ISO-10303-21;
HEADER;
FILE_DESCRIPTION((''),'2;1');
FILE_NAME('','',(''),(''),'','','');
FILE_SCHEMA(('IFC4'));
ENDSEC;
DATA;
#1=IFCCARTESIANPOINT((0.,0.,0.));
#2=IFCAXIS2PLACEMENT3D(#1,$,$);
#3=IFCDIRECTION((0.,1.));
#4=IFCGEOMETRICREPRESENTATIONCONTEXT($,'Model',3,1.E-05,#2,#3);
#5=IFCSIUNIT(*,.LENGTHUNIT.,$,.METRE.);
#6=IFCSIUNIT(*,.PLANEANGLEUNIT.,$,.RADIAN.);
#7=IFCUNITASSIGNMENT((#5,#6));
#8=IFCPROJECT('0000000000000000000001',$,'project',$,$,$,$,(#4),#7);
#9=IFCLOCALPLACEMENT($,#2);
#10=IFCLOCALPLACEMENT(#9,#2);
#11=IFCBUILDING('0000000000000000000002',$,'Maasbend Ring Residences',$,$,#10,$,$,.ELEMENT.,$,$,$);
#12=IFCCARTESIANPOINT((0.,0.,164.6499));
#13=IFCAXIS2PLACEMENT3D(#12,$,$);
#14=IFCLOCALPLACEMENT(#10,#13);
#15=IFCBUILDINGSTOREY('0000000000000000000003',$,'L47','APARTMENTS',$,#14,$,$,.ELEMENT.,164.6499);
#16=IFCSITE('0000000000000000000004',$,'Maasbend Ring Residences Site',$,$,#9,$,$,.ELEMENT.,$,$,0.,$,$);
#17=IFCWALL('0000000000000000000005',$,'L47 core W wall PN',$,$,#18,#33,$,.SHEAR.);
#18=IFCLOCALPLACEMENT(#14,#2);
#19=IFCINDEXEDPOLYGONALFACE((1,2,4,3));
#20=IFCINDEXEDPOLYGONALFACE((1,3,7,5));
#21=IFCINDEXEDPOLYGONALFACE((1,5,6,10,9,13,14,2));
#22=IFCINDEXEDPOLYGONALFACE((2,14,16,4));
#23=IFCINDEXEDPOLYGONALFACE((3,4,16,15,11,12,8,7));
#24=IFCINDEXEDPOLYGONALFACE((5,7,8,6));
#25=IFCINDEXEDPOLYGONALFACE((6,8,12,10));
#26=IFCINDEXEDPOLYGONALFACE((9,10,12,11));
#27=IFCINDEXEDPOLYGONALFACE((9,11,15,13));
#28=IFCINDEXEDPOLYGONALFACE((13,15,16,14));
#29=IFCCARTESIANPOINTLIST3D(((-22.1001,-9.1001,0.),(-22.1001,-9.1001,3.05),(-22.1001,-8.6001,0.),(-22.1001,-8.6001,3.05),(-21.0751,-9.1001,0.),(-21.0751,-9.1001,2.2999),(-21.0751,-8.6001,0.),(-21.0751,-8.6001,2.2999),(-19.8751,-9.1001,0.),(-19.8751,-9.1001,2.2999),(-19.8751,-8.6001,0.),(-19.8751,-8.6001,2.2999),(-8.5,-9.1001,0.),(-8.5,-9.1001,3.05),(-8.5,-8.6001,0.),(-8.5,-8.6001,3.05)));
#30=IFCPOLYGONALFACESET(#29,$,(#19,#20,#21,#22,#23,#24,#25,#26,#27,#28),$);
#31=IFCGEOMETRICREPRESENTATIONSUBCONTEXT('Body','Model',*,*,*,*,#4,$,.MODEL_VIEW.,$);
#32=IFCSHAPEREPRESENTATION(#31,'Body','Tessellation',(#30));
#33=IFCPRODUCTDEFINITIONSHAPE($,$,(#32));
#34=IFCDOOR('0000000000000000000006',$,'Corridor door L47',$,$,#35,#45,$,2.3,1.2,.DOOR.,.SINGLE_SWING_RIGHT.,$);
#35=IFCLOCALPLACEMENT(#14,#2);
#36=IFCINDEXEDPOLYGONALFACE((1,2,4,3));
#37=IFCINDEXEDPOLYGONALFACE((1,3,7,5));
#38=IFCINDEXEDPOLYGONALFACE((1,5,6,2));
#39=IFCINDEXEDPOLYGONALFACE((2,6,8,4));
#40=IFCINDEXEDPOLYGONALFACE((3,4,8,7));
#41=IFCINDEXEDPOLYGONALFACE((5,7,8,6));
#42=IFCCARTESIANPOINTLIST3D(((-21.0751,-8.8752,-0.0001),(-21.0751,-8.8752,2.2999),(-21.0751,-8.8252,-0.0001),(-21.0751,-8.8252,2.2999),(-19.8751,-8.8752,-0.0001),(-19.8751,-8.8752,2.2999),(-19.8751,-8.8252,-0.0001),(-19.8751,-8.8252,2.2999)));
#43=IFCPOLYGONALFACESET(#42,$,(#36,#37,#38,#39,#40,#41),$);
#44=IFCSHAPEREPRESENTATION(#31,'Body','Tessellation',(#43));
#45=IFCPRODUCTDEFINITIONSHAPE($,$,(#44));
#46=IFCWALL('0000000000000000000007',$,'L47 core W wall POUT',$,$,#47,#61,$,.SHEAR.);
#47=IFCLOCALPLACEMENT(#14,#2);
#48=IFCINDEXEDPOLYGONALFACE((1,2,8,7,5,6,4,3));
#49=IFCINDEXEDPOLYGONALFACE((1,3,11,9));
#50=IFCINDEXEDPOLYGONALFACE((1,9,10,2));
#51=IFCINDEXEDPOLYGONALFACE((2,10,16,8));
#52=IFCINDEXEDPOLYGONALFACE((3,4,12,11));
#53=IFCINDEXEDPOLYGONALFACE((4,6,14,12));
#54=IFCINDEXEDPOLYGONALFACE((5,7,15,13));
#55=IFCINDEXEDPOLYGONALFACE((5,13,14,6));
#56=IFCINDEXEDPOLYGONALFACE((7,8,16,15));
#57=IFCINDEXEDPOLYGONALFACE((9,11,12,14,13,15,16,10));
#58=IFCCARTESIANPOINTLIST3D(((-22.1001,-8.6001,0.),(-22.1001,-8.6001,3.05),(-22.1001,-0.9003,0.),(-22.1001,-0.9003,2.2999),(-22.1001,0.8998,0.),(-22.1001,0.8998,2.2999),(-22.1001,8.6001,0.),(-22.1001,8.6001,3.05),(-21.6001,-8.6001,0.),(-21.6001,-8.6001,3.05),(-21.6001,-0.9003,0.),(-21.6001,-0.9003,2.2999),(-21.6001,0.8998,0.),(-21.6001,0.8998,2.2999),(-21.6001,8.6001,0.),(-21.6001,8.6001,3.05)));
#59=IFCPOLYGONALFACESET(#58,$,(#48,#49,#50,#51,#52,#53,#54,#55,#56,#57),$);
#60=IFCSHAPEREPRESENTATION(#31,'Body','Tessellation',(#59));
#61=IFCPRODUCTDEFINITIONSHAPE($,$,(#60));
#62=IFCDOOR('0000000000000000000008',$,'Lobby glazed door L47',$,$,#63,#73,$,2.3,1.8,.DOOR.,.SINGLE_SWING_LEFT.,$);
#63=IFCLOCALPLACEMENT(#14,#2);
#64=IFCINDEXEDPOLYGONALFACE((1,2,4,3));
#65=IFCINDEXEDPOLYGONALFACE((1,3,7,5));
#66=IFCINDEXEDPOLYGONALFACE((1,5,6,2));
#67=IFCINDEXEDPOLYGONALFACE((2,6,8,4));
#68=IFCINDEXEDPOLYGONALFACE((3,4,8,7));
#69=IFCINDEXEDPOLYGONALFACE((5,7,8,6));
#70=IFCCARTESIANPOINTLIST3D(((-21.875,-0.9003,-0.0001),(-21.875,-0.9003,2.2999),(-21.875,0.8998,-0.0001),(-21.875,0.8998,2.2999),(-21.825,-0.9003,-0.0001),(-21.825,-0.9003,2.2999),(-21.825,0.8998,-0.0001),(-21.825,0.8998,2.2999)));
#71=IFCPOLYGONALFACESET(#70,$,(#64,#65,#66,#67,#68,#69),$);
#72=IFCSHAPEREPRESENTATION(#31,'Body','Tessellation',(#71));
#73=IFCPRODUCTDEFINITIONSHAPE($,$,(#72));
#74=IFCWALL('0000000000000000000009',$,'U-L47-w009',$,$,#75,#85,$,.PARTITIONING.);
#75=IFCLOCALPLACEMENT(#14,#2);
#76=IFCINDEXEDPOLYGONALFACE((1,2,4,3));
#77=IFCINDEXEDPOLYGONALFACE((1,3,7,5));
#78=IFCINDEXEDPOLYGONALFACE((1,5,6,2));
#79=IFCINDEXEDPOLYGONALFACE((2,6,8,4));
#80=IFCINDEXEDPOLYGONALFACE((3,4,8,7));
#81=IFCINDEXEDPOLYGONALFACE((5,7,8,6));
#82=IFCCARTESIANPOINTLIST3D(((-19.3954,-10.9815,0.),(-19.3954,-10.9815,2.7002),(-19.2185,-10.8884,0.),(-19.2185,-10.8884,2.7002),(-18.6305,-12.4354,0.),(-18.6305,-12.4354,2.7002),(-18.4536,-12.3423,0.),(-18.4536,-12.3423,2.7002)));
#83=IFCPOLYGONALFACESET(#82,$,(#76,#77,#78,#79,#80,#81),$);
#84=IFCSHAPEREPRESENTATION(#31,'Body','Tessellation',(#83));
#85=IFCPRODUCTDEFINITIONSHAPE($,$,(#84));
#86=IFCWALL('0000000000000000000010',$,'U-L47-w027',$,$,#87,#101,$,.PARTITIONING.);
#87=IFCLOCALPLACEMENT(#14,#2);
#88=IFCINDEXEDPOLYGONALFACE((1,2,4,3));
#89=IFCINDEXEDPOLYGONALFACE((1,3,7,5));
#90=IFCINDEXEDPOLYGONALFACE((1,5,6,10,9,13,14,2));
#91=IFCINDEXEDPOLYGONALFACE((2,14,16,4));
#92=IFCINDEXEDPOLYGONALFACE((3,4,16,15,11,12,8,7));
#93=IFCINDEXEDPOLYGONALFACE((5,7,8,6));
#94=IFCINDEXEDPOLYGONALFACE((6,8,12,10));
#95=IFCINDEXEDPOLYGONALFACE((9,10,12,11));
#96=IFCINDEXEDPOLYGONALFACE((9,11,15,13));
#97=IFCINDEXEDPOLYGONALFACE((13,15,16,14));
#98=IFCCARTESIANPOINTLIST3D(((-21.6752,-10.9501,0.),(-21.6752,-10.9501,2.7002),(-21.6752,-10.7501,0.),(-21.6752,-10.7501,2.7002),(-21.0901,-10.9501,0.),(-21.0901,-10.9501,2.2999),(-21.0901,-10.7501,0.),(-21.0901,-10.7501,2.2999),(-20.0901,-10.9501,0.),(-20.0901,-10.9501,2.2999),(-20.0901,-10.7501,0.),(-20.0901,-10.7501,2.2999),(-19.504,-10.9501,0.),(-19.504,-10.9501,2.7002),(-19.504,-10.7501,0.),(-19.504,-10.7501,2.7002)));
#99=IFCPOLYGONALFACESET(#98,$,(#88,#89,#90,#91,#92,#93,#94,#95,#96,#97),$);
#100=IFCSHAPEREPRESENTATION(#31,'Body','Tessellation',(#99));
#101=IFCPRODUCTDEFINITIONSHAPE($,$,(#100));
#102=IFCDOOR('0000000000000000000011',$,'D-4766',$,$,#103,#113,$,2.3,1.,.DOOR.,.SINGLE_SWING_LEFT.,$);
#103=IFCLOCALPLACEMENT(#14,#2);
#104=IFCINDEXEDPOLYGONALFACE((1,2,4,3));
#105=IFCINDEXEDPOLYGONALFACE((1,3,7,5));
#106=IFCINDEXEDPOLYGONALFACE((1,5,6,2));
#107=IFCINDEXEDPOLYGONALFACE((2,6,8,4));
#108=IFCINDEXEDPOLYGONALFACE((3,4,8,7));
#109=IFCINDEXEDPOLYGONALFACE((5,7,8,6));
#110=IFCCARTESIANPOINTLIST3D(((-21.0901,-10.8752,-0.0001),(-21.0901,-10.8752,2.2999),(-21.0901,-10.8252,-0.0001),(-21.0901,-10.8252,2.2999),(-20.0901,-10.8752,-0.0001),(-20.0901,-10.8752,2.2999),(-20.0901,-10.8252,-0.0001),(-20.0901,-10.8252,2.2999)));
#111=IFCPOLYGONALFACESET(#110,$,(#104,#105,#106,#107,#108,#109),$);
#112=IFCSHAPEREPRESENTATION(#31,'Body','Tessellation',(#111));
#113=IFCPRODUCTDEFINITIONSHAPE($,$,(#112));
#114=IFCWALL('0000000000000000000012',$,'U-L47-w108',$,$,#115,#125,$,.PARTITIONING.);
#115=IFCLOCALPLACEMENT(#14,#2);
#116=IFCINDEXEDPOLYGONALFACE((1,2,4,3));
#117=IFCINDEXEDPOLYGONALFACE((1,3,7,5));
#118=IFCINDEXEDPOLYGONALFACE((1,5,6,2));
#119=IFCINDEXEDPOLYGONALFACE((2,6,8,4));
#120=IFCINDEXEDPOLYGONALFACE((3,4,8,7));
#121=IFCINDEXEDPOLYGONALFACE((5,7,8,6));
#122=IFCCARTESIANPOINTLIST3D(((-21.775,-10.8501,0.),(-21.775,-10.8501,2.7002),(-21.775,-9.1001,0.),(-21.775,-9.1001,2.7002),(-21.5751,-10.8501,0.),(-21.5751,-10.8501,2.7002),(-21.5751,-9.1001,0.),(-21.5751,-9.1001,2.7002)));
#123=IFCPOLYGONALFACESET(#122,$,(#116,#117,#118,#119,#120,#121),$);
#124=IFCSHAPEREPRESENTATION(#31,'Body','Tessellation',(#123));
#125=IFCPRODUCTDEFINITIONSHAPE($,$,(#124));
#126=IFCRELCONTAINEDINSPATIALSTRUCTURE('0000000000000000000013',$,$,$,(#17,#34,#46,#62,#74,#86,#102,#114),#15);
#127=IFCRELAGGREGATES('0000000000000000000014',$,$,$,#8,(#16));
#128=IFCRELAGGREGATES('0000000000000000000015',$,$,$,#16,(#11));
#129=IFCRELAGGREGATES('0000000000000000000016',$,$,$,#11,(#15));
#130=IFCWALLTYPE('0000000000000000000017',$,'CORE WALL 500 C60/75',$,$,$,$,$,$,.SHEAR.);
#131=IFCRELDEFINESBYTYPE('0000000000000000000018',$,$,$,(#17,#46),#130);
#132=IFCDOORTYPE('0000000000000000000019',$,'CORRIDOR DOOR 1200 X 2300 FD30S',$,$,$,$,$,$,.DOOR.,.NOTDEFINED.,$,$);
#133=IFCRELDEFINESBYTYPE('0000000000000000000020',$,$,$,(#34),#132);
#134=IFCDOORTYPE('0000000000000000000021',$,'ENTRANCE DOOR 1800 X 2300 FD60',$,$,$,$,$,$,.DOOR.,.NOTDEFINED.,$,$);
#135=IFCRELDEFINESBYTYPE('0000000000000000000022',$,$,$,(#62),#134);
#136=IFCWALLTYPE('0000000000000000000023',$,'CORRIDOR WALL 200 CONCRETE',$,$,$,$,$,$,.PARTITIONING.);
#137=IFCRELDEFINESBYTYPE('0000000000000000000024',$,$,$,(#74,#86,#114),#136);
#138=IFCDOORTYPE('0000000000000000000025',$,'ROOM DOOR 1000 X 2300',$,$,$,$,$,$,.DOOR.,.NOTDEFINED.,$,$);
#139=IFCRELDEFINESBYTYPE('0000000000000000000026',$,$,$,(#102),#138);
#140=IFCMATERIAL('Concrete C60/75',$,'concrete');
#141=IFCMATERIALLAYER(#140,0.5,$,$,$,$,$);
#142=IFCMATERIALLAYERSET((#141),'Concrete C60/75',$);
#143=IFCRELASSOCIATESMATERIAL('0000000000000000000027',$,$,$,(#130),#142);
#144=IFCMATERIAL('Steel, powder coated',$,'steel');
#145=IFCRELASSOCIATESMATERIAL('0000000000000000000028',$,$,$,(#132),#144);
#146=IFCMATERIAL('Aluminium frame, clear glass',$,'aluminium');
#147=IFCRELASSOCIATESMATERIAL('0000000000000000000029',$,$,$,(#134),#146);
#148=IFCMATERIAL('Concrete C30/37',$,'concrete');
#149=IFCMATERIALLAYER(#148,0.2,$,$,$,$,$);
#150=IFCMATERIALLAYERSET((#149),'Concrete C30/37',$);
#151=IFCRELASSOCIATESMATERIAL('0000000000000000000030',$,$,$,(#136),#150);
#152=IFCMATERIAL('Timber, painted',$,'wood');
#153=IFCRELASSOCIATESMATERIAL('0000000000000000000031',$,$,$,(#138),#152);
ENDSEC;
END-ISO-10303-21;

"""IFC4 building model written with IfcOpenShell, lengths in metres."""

from ifc_helpers import new_model, si_unit, direction, frame, frame_2d, origin, place, context, subcontext, project, spatial, rectangle, extrude, material, layer, layer_set, type_object, element, fill, save


model = new_model("IFC4")

# Units and contexts
model_context = context("Model", 3, precision=1e-05, world=origin(), true_north=direction((0.0, 1.0)))
body_context = subcontext(model_context, "Body", "Model", "MODEL_VIEW")
ifc_project = project(units=[si_unit("LENGTHUNIT", "METRE"), si_unit("PLANEANGLEUNIT", "RADIAN")], contexts=[model_context])

# Site, building, storey
site_placement = place(None, origin())
site = spatial("IfcSite", under=ifc_project, at=site_placement, Name="Maasbend Ring Residences Site", CompositionType="ELEMENT", RefElevation=0.0)
building_placement = place(site_placement, origin())
building = spatial("IfcBuilding", under=site, at=building_placement, Name="Maasbend Ring Residences", CompositionType="ELEMENT")
storey_placement = place(building_placement, frame((0.0, 0.0, 164.6499)))
storey = spatial("IfcBuildingStorey", under=building, at=storey_placement, Name="L47", Description="APARTMENTS", CompositionType="ELEMENT", Elevation=164.6499)

# Walls, openings, doors
ifc_material_1 = material(Name="Concrete C60/75", Category="concrete")
ifc_layer_1 = layer(ifc_material_1, 0.5)
ifc_layer_set_1 = layer_set([ifc_layer_1], Name="Concrete C60/75")
wall_type_1 = type_object("IfcWallType", Name="CORE WALL 500 C60/75", PredefinedType="SHEAR", material=ifc_layer_set_1)
wall_1_placement = place(storey_placement, frame((-22.1001, -8.8501, 0.0), z_axis=(0.0, 0.0, 1.0), x_axis=(1.0, 0.0, 0.0)))
wall_1 = element("IfcWall", 1, at=wall_1_placement, inside=storey, type_object=wall_type_1, Name="L47 core W wall PN", PredefinedType="SHEAR", context=body_context, shape_type="SweptSolid", body=[
    extrude(rectangle(XDim=13.6001, YDim=0.5, at=frame_2d((6.8, 0.0))), origin(), (0.0, 0.0, 1.0), 3.05),
])
opening_1_placement = place(wall_1_placement, frame((1.0249, 0.0, 0.0)))
opening_1 = element("IfcOpeningElement", 2, at=opening_1_placement, cuts=wall_1, PredefinedType="OPENING", context=body_context, shape_type="SweptSolid", body=[
    extrude(rectangle(XDim=1.2, YDim=2.3, at=frame_2d((0.6001, 1.1499))), frame((0.0, 0.26, 0.0), z_axis=(0.0, -1.0, 0.0), x_axis=(1.0, 0.0, 0.0)), (0.0, 0.0, 1.0), 0.52),
])
ifc_material_2 = material(Name="Steel, powder coated", Category="steel")
door_type_1 = type_object("IfcDoorType", Name="CORRIDOR DOOR 1200 X 2300 FD30S", OperationType="NOTDEFINED", PredefinedType="DOOR", material=ifc_material_2)
door_1_placement = place(opening_1_placement, origin())
door_1 = element("IfcDoor", 3, at=door_1_placement, inside=storey, type_object=door_type_1, Name="Corridor door L47", OperationType="SINGLE_SWING_RIGHT", OverallHeight=2.3, OverallWidth=1.2, PredefinedType="DOOR", context=body_context, shape_type="SweptSolid", body=[
    extrude(rectangle(XDim=1.2, YDim=2.3, at=frame_2d((0.6001, 1.1499))), frame((0.0, 0.0249, 0.0), z_axis=(0.0, -1.0, 0.0), x_axis=(1.0, 0.0, 0.0)), (0.0, 0.0, 1.0), 0.05),
])
fill(opening_1, door_1)
wall_2_placement = place(storey_placement, frame((-21.8501, -8.6001, 0.0), z_axis=(0.0, 0.0, 1.0), x_axis=(0.0, 1.0, 0.0)))
wall_2 = element("IfcWall", 4, at=wall_2_placement, inside=storey, type_object=wall_type_1, Name="L47 core W wall POUT", PredefinedType="SHEAR", context=body_context, shape_type="SweptSolid", body=[
    extrude(rectangle(XDim=17.2002, YDim=0.5, at=frame_2d((8.6001, 0.0))), origin(), (0.0, 0.0, 1.0), 3.05),
])
opening_2_placement = place(wall_2_placement, frame((7.7, 0.0, 0.0)))
opening_2 = element("IfcOpeningElement", 5, at=opening_2_placement, cuts=wall_2, PredefinedType="OPENING", context=body_context, shape_type="SweptSolid", body=[
    extrude(rectangle(XDim=1.8, YDim=2.3, at=frame_2d((0.8999, 1.1499))), frame((0.0, 0.26, 0.0), z_axis=(0.0, -1.0, 0.0), x_axis=(1.0, 0.0, 0.0)), (0.0, 0.0, 1.0), 0.52),
])
ifc_material_3 = material(Name="Aluminium frame, clear glass", Category="aluminium")
door_type_2 = type_object("IfcDoorType", Name="ENTRANCE DOOR 1800 X 2300 FD60", OperationType="NOTDEFINED", PredefinedType="DOOR", material=ifc_material_3)
door_2_placement = place(opening_2_placement, origin())
door_2 = element("IfcDoor", 6, at=door_2_placement, inside=storey, type_object=door_type_2, Name="Lobby glazed door L47", OperationType="SINGLE_SWING_LEFT", OverallHeight=2.3, OverallWidth=1.8, PredefinedType="DOOR", context=body_context, shape_type="SweptSolid", body=[
    extrude(rectangle(XDim=1.8, YDim=2.3, at=frame_2d((0.8999, 1.1499))), frame((0.0, 0.0249, 0.0), z_axis=(0.0, -1.0, 0.0), x_axis=(1.0, 0.0, 0.0)), (0.0, 0.0, 1.0), 0.05),
])
fill(opening_2, door_2)

# Wall
ifc_material_4 = material(Name="Concrete C30/37", Category="concrete")
ifc_layer_2 = layer(ifc_material_4, 0.2)
ifc_layer_set_2 = layer_set([ifc_layer_2], Name="Concrete C30/37")
wall_type_2 = type_object("IfcWallType", Name="CORRIDOR WALL 200 CONCRETE", PredefinedType="PARTITIONING", material=ifc_layer_set_2)
wall_3_placement = place(storey_placement, frame((-19.3069, -10.9351, 0.0), z_axis=(0.0, 0.0, 1.0), x_axis=(0.465606, -0.884992, 0.0)))
element("IfcWall", 7, at=wall_3_placement, inside=storey, type_object=wall_type_2, Name="U-L47-w009", PredefinedType="PARTITIONING", context=body_context, shape_type="SweptSolid", body=[
    extrude(rectangle(XDim=1.6428, YDim=0.2, at=frame_2d((0.8213, 0.0))), origin(), (0.0, 0.0, 1.0), 2.7002),
])

# Wall, opening, door
wall_4_placement = place(storey_placement, frame((-21.675, -10.8501, 0.0), z_axis=(0.0, 0.0, 1.0), x_axis=(1.0, 0.0, 0.0)))
wall_4 = element("IfcWall", 8, at=wall_4_placement, inside=storey, type_object=wall_type_2, Name="U-L47-w027", PredefinedType="PARTITIONING", context=body_context, shape_type="SweptSolid", body=[
    extrude(rectangle(XDim=2.1711, YDim=0.2, at=frame_2d((1.0854, 0.0))), origin(), (0.0, 0.0, 1.0), 2.7002),
])
opening_3_placement = place(wall_4_placement, frame((0.585, 0.0, 0.0)))
opening_3 = element("IfcOpeningElement", 9, at=opening_3_placement, cuts=wall_4, PredefinedType="OPENING", context=body_context, shape_type="SweptSolid", body=[
    extrude(rectangle(XDim=1.0, YDim=2.3, at=frame_2d((0.5, 1.1499))), frame((0.0, 0.1099, 0.0), z_axis=(0.0, -1.0, 0.0), x_axis=(1.0, 0.0, 0.0)), (0.0, 0.0, 1.0), 0.22),
])
ifc_material_5 = material(Name="Timber, painted", Category="wood")
door_type_3 = type_object("IfcDoorType", Name="ROOM DOOR 1000 X 2300", OperationType="NOTDEFINED", PredefinedType="DOOR", material=ifc_material_5)
door_3_placement = place(opening_3_placement, origin())
door_3 = element("IfcDoor", 10, at=door_3_placement, inside=storey, type_object=door_type_3, Name="D-4766", OperationType="SINGLE_SWING_LEFT", OverallHeight=2.3, OverallWidth=1.0, PredefinedType="DOOR", context=body_context, shape_type="SweptSolid", body=[
    extrude(rectangle(XDim=1.0, YDim=2.3, at=frame_2d((0.5, 1.1499))), frame((0.0, 0.0249, 0.0), z_axis=(0.0, -1.0, 0.0), x_axis=(1.0, 0.0, 0.0)), (0.0, 0.0, 1.0), 0.05),
])
fill(opening_3, door_3)

# Wall
wall_5_placement = place(storey_placement, frame((-21.675, -10.8501, 0.0), z_axis=(0.0, 0.0, 1.0), x_axis=(0.0, 1.0, 0.0)))
element("IfcWall", 11, at=wall_5_placement, inside=storey, type_object=wall_type_2, Name="U-L47-w108", PredefinedType="PARTITIONING", context=body_context, shape_type="SweptSolid", body=[
    extrude(rectangle(XDim=1.75, YDim=0.2, at=frame_2d((0.875, 0.0))), origin(), (0.0, 0.0, 1.0), 2.7002),
])

save(model, "model.ifc")
